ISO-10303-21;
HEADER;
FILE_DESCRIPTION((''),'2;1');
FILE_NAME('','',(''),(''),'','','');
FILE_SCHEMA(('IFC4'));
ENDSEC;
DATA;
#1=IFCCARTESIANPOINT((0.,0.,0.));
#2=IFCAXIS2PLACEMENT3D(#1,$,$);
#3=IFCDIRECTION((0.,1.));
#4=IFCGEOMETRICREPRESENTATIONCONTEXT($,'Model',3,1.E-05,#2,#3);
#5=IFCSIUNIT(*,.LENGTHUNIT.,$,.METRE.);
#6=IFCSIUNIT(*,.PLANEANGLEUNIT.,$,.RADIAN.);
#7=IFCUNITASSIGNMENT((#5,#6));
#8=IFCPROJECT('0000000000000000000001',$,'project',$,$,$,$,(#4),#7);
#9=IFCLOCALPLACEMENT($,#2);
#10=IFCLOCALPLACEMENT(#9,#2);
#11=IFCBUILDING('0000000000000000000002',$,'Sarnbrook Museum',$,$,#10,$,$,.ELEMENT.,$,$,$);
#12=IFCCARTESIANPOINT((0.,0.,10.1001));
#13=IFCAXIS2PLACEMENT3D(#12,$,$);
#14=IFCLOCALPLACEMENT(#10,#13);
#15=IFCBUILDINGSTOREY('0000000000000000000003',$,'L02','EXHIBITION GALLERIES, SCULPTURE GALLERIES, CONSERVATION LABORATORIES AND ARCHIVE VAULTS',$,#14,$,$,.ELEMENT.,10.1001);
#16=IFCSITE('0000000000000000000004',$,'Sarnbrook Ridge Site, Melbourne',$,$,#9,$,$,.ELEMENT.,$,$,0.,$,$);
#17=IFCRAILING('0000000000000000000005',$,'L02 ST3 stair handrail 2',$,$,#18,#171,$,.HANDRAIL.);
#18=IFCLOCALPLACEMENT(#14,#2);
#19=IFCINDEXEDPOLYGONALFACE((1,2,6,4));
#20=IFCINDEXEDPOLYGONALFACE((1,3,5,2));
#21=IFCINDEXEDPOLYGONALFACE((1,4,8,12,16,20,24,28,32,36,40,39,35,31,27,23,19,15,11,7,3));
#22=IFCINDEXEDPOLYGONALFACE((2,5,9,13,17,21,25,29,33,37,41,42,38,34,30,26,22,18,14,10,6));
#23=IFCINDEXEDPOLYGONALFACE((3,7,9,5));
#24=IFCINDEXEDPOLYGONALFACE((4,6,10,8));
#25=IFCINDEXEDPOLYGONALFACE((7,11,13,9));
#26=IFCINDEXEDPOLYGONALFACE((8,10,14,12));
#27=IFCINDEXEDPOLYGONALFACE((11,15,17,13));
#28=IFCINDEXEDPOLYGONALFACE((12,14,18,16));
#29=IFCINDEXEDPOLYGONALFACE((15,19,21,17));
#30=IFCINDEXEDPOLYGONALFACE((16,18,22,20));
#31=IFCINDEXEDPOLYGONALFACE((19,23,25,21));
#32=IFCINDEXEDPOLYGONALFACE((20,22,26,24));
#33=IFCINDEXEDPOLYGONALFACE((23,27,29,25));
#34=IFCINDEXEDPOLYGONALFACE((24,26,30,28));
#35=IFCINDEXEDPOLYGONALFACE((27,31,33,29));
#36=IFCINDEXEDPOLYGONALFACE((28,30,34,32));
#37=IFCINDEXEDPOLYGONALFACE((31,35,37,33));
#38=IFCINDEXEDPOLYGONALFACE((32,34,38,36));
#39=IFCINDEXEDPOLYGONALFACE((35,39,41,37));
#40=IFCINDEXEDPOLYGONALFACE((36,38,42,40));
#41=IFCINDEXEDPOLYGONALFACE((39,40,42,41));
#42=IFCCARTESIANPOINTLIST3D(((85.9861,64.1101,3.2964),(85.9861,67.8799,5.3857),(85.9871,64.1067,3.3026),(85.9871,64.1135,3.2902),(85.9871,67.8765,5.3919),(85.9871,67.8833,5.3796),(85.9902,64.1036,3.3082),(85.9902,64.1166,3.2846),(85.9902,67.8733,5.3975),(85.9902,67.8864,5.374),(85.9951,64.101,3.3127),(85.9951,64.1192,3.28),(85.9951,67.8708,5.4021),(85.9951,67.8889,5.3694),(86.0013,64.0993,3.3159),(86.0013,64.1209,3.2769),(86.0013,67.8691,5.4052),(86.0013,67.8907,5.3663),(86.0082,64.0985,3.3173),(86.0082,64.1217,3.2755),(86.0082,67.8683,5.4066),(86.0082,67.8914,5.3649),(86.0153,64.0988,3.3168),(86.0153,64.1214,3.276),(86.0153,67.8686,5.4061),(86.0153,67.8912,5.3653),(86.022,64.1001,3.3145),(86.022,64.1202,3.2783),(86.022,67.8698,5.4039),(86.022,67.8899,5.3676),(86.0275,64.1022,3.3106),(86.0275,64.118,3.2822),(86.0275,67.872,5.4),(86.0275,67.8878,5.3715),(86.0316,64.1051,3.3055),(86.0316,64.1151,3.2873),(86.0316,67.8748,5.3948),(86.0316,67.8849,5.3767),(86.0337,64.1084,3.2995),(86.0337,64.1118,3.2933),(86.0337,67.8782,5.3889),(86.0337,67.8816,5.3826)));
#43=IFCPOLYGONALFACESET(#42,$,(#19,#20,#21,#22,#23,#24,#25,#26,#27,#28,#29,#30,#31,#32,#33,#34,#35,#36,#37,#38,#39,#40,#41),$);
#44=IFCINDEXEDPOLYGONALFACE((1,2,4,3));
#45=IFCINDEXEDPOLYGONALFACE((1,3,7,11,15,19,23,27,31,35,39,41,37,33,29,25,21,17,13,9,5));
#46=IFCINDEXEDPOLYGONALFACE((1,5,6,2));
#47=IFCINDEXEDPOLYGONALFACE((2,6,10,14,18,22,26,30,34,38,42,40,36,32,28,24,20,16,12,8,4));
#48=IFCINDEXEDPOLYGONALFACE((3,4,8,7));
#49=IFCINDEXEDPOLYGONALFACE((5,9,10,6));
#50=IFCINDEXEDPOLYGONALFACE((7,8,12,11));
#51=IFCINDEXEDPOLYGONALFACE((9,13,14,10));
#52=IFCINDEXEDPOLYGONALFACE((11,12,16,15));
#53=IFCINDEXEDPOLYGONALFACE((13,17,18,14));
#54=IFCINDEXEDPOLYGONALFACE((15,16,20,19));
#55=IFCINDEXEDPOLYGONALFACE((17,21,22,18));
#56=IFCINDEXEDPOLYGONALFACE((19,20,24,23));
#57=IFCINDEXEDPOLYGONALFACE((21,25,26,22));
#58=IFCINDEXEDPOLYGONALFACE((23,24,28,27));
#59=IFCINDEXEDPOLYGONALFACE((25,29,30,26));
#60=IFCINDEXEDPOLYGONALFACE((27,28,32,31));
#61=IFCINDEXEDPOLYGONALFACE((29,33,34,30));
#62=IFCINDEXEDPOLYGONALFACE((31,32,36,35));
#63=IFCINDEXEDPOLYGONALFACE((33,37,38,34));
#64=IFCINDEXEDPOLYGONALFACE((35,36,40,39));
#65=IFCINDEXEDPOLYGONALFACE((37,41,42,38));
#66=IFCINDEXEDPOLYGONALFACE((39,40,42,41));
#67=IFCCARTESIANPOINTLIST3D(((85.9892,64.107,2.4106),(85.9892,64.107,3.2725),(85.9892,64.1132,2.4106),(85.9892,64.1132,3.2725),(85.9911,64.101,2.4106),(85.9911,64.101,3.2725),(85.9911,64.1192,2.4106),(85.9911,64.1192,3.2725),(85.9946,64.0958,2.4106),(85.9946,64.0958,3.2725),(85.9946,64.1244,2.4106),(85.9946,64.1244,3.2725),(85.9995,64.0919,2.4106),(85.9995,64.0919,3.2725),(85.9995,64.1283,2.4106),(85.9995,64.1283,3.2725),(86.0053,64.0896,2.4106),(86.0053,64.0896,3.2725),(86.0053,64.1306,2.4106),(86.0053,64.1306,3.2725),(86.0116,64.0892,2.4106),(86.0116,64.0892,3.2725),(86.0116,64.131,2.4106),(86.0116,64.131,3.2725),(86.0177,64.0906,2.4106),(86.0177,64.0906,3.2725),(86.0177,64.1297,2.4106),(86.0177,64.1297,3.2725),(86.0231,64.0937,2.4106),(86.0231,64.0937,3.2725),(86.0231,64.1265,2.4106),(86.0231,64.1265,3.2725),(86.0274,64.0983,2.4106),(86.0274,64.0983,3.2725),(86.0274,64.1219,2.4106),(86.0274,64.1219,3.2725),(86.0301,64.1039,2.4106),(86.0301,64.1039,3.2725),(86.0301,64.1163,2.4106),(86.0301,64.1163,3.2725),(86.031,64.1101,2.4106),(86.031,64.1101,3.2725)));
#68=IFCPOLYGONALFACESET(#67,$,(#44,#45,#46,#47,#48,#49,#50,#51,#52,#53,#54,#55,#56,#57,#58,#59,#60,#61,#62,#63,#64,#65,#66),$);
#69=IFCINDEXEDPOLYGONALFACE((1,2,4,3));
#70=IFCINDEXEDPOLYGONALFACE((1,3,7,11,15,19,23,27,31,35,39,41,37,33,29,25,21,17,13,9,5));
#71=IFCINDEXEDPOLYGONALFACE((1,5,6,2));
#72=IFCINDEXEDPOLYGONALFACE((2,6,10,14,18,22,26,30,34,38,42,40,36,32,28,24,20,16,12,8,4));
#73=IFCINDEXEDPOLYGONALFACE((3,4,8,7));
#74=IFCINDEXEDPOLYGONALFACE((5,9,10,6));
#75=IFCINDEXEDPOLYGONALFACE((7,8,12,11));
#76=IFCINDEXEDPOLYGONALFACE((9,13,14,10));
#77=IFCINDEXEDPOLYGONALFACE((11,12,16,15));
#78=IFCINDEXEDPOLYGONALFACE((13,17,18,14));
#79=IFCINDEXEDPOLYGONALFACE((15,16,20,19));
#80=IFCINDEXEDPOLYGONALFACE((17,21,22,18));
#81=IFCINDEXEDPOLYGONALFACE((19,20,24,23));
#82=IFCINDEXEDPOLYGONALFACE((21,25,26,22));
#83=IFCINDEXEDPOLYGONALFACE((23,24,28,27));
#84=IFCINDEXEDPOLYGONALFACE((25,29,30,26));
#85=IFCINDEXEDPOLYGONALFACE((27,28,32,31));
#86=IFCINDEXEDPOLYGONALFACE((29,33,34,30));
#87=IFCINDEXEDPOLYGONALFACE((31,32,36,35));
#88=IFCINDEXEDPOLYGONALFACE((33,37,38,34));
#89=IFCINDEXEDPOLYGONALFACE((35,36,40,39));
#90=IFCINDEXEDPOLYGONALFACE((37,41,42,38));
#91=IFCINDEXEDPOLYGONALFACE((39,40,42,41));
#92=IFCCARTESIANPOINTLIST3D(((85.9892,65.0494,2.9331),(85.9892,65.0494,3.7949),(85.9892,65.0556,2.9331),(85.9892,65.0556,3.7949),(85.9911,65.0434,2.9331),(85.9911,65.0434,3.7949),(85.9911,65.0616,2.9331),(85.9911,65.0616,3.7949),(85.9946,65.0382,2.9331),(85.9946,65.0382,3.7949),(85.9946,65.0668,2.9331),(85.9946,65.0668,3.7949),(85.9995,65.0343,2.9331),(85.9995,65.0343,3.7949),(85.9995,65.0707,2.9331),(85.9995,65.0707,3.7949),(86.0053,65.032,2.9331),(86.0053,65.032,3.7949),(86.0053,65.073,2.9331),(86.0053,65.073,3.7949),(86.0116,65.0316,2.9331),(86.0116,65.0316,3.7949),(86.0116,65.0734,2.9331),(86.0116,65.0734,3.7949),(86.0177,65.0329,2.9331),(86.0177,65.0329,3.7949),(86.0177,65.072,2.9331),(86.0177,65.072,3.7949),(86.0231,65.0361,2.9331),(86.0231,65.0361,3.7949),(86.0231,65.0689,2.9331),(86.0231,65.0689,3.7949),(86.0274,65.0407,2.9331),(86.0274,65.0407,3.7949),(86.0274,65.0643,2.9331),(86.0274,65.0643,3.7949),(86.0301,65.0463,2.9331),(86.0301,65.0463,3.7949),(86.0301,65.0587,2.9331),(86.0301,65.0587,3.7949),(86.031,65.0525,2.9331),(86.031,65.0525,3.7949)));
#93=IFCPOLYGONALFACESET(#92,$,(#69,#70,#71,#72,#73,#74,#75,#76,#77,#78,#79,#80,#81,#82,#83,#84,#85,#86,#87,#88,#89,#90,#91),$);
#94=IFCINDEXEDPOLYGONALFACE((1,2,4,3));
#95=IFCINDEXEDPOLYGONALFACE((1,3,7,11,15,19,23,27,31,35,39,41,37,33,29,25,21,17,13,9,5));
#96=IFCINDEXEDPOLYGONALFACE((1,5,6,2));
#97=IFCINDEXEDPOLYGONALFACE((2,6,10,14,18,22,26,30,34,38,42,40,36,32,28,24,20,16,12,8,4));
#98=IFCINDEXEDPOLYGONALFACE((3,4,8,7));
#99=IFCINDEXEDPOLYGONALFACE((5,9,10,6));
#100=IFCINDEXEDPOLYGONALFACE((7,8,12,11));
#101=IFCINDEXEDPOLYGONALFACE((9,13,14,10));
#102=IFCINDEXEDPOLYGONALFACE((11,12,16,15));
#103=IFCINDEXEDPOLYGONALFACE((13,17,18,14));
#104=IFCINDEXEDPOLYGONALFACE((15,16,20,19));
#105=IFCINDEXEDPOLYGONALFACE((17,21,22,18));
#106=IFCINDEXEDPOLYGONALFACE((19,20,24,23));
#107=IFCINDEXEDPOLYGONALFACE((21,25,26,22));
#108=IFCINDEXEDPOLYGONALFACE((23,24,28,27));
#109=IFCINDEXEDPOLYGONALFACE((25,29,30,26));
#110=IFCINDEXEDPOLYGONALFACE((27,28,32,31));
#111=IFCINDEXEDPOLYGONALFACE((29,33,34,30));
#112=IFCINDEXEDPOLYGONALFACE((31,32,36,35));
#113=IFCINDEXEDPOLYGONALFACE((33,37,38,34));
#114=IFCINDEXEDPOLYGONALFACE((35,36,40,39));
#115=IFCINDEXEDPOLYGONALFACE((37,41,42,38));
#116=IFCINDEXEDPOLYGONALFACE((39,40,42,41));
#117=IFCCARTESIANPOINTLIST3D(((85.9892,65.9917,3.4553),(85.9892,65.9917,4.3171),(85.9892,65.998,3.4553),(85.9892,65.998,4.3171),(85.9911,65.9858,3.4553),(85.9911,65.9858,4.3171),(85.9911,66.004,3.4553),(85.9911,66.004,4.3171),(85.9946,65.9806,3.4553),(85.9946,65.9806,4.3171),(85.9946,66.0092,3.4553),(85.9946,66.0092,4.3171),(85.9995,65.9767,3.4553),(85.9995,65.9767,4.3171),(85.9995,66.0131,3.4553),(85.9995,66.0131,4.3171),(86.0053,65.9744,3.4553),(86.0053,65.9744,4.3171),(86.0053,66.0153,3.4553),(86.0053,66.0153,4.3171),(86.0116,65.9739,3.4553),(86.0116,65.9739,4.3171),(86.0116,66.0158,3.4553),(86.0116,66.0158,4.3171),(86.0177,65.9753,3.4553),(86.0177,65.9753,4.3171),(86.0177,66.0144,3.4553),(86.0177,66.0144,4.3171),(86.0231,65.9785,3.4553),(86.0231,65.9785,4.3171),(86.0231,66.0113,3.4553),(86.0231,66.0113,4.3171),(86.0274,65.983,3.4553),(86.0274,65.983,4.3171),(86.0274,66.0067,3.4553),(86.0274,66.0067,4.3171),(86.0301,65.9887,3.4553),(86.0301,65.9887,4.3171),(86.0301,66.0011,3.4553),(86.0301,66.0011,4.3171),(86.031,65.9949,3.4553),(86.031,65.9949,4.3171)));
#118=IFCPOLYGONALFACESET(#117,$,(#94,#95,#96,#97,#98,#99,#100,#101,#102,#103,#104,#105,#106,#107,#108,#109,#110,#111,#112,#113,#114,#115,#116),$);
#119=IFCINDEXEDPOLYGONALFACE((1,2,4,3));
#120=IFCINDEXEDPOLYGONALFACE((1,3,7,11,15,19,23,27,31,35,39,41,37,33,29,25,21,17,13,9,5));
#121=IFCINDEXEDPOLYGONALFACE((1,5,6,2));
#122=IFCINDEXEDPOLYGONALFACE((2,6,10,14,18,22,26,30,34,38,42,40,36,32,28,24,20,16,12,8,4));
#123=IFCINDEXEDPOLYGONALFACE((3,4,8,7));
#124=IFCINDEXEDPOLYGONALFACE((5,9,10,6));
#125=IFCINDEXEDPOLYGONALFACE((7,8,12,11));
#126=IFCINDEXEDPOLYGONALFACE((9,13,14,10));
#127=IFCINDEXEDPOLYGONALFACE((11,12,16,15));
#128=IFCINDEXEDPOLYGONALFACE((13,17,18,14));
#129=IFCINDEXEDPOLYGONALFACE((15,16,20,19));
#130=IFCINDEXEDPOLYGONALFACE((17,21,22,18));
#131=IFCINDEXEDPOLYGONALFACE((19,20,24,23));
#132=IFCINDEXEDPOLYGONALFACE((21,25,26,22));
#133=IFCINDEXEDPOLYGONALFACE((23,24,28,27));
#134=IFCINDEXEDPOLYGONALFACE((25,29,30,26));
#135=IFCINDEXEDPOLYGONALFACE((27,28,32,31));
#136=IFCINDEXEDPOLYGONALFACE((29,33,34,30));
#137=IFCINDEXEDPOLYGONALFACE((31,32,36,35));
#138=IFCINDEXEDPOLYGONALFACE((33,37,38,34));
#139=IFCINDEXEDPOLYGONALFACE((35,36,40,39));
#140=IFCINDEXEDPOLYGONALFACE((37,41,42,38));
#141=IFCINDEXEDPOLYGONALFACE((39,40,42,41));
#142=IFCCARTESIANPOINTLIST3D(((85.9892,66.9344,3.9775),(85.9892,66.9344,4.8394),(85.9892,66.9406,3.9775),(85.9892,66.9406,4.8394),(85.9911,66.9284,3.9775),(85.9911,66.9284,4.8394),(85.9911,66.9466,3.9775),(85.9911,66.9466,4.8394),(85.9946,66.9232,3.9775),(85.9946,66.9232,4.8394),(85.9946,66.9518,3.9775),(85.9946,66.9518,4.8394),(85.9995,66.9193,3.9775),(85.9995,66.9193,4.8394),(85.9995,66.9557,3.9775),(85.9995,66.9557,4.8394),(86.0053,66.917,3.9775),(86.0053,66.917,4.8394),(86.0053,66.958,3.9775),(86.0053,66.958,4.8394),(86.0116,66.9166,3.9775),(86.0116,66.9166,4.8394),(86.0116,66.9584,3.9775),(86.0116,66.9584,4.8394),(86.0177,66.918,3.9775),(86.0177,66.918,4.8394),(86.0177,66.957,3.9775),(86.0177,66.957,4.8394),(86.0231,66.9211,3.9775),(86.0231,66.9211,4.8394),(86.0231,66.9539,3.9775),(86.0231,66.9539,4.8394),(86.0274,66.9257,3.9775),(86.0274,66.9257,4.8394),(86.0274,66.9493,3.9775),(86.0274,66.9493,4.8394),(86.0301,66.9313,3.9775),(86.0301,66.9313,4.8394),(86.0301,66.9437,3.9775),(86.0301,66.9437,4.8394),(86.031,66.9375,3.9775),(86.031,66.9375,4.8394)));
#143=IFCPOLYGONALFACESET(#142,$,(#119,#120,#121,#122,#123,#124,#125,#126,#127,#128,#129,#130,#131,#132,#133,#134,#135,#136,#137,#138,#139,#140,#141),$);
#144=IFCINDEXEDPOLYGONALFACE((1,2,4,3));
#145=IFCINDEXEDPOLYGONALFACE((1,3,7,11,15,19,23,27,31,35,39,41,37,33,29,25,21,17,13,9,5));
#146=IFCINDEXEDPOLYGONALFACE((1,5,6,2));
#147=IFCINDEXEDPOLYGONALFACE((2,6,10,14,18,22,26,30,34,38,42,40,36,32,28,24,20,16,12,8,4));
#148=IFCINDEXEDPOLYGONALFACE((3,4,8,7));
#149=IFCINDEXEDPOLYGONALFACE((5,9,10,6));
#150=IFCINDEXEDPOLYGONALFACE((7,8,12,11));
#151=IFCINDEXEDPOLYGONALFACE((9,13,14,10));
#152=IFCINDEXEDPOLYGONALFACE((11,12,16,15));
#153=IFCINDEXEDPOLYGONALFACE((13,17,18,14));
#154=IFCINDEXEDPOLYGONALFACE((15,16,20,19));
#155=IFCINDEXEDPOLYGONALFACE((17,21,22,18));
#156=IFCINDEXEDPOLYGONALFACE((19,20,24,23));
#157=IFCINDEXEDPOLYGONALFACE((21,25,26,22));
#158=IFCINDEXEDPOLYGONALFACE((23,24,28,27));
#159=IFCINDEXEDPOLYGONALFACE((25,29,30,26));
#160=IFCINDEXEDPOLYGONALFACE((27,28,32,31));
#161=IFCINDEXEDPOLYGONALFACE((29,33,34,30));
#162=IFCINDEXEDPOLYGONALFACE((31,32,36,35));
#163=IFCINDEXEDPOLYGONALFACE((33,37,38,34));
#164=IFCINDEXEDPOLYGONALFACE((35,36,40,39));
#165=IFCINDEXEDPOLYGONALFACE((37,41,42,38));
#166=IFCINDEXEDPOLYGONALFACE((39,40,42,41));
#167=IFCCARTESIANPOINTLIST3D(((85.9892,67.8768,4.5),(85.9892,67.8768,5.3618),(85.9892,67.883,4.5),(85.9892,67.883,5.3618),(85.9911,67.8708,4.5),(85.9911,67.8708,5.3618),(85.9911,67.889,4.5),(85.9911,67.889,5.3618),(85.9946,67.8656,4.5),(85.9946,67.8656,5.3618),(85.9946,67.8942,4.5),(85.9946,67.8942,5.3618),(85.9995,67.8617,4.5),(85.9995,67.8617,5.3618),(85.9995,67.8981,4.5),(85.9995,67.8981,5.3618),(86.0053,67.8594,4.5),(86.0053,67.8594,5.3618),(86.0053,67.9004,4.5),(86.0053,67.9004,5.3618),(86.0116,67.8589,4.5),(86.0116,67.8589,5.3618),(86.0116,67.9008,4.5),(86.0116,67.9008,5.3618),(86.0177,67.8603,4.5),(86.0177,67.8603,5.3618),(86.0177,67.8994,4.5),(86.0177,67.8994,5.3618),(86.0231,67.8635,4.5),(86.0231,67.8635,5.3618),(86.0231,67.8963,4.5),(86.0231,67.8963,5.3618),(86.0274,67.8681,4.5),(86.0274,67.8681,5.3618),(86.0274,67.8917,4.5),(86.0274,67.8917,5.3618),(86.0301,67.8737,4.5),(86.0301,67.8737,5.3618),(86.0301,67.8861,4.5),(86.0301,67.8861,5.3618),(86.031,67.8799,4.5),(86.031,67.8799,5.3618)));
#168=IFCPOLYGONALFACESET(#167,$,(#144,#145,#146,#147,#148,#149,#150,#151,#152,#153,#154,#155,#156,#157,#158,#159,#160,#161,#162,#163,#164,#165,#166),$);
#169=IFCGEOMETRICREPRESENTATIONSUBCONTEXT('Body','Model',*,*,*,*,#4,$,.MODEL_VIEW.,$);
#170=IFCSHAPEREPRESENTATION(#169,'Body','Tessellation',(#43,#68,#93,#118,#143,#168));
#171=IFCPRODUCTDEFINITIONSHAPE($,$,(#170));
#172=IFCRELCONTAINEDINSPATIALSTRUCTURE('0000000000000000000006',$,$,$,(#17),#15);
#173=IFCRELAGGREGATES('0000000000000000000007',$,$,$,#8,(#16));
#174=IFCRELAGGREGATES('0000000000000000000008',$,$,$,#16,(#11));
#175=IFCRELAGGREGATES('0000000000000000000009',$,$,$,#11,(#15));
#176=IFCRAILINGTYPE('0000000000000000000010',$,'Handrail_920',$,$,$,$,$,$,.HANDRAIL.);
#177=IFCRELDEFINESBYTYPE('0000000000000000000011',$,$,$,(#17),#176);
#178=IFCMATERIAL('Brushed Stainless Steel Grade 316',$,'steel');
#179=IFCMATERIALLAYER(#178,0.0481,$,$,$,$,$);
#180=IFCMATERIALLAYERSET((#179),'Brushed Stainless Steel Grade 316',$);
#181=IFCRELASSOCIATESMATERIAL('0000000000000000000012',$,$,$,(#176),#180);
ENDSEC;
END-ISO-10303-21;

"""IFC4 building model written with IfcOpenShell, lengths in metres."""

from ifc_helpers import new_model, si_unit, direction, frame, origin, origin_2d, place, context, subcontext, project, spatial, circle, extrude, material, layer, layer_set, type_object, element, save


model = new_model("IFC4")

# Units and contexts
model_context = context("Model", 3, precision=1e-05, world=origin(), true_north=direction((0.0, 1.0)))
body_context = subcontext(model_context, "Body", "Model", "MODEL_VIEW")
ifc_project = project(units=[si_unit("LENGTHUNIT", "METRE"), si_unit("PLANEANGLEUNIT", "RADIAN")], contexts=[model_context])

# Site, building, storey
site_placement = place(None, origin())
site = spatial("IfcSite", under=ifc_project, at=site_placement, Name="Sarnbrook Ridge Site, Melbourne", CompositionType="ELEMENT", RefElevation=0.0)
building_placement = place(site_placement, origin())
building = spatial("IfcBuilding", under=site, at=building_placement, Name="Sarnbrook Museum", CompositionType="ELEMENT")
storey_placement = place(building_placement, frame((0.0, 0.0, 10.1001)))
storey = spatial("IfcBuildingStorey", under=building, at=storey_placement, Name="L02", Description="EXHIBITION GALLERIES, SCULPTURE GALLERIES, CONSERVATION LABORATORIES AND ARCHIVE VAULTS", CompositionType="ELEMENT", Elevation=10.1001)

# Railing
ifc_material_1 = material(Name="Brushed Stainless Steel Grade 316", Category="steel")
ifc_layer_1 = layer(ifc_material_1, 0.0481)
ifc_layer_set_1 = layer_set([ifc_layer_1], Name="Brushed Stainless Steel Grade 316")
railing_type_1 = type_object("IfcRailingType", Name="Handrail_920", PredefinedType="HANDRAIL", material=ifc_layer_set_1)
railing_1_placement = place(storey_placement, frame((86.01, 64.1101, 2.4106)))
element("IfcRailing", 1, at=railing_1_placement, inside=storey, type_object=railing_type_1, Name="L02 ST3 stair handrail 2", PredefinedType="HANDRAIL", context=body_context, shape_type="SweptSolid", body=[
    extrude(circle(Radius=0.0239, at=origin_2d()), frame((0.0, 0.0, 0.8857), z_axis=(0.0, 0.874646, 0.484763), x_axis=(-1.0, 0.0, 0.0)), (0.0, 0.0, 1.0), 4.3101),
    extrude(circle(Radius=0.021, at=origin_2d()), origin(), (0.0, 0.0, 1.0), 0.8618),
    extrude(circle(Radius=0.021, at=origin_2d()), frame((0.0, 0.9424, 0.5225)), (0.0, 0.0, 1.0), 0.8618),
    extrude(circle(Radius=0.021, at=origin_2d()), frame((0.0, 1.8848, 1.0447)), (0.0, 0.0, 1.0), 0.8618),
    extrude(circle(Radius=0.021, at=origin_2d()), frame((0.0, 2.8274, 1.5669)), (0.0, 0.0, 1.0), 0.8618),
    extrude(circle(Radius=0.021, at=origin_2d()), frame((0.0, 3.7698, 2.0894)), (0.0, 0.0, 1.0), 0.8618),
])

save(model, "model.ifc")
